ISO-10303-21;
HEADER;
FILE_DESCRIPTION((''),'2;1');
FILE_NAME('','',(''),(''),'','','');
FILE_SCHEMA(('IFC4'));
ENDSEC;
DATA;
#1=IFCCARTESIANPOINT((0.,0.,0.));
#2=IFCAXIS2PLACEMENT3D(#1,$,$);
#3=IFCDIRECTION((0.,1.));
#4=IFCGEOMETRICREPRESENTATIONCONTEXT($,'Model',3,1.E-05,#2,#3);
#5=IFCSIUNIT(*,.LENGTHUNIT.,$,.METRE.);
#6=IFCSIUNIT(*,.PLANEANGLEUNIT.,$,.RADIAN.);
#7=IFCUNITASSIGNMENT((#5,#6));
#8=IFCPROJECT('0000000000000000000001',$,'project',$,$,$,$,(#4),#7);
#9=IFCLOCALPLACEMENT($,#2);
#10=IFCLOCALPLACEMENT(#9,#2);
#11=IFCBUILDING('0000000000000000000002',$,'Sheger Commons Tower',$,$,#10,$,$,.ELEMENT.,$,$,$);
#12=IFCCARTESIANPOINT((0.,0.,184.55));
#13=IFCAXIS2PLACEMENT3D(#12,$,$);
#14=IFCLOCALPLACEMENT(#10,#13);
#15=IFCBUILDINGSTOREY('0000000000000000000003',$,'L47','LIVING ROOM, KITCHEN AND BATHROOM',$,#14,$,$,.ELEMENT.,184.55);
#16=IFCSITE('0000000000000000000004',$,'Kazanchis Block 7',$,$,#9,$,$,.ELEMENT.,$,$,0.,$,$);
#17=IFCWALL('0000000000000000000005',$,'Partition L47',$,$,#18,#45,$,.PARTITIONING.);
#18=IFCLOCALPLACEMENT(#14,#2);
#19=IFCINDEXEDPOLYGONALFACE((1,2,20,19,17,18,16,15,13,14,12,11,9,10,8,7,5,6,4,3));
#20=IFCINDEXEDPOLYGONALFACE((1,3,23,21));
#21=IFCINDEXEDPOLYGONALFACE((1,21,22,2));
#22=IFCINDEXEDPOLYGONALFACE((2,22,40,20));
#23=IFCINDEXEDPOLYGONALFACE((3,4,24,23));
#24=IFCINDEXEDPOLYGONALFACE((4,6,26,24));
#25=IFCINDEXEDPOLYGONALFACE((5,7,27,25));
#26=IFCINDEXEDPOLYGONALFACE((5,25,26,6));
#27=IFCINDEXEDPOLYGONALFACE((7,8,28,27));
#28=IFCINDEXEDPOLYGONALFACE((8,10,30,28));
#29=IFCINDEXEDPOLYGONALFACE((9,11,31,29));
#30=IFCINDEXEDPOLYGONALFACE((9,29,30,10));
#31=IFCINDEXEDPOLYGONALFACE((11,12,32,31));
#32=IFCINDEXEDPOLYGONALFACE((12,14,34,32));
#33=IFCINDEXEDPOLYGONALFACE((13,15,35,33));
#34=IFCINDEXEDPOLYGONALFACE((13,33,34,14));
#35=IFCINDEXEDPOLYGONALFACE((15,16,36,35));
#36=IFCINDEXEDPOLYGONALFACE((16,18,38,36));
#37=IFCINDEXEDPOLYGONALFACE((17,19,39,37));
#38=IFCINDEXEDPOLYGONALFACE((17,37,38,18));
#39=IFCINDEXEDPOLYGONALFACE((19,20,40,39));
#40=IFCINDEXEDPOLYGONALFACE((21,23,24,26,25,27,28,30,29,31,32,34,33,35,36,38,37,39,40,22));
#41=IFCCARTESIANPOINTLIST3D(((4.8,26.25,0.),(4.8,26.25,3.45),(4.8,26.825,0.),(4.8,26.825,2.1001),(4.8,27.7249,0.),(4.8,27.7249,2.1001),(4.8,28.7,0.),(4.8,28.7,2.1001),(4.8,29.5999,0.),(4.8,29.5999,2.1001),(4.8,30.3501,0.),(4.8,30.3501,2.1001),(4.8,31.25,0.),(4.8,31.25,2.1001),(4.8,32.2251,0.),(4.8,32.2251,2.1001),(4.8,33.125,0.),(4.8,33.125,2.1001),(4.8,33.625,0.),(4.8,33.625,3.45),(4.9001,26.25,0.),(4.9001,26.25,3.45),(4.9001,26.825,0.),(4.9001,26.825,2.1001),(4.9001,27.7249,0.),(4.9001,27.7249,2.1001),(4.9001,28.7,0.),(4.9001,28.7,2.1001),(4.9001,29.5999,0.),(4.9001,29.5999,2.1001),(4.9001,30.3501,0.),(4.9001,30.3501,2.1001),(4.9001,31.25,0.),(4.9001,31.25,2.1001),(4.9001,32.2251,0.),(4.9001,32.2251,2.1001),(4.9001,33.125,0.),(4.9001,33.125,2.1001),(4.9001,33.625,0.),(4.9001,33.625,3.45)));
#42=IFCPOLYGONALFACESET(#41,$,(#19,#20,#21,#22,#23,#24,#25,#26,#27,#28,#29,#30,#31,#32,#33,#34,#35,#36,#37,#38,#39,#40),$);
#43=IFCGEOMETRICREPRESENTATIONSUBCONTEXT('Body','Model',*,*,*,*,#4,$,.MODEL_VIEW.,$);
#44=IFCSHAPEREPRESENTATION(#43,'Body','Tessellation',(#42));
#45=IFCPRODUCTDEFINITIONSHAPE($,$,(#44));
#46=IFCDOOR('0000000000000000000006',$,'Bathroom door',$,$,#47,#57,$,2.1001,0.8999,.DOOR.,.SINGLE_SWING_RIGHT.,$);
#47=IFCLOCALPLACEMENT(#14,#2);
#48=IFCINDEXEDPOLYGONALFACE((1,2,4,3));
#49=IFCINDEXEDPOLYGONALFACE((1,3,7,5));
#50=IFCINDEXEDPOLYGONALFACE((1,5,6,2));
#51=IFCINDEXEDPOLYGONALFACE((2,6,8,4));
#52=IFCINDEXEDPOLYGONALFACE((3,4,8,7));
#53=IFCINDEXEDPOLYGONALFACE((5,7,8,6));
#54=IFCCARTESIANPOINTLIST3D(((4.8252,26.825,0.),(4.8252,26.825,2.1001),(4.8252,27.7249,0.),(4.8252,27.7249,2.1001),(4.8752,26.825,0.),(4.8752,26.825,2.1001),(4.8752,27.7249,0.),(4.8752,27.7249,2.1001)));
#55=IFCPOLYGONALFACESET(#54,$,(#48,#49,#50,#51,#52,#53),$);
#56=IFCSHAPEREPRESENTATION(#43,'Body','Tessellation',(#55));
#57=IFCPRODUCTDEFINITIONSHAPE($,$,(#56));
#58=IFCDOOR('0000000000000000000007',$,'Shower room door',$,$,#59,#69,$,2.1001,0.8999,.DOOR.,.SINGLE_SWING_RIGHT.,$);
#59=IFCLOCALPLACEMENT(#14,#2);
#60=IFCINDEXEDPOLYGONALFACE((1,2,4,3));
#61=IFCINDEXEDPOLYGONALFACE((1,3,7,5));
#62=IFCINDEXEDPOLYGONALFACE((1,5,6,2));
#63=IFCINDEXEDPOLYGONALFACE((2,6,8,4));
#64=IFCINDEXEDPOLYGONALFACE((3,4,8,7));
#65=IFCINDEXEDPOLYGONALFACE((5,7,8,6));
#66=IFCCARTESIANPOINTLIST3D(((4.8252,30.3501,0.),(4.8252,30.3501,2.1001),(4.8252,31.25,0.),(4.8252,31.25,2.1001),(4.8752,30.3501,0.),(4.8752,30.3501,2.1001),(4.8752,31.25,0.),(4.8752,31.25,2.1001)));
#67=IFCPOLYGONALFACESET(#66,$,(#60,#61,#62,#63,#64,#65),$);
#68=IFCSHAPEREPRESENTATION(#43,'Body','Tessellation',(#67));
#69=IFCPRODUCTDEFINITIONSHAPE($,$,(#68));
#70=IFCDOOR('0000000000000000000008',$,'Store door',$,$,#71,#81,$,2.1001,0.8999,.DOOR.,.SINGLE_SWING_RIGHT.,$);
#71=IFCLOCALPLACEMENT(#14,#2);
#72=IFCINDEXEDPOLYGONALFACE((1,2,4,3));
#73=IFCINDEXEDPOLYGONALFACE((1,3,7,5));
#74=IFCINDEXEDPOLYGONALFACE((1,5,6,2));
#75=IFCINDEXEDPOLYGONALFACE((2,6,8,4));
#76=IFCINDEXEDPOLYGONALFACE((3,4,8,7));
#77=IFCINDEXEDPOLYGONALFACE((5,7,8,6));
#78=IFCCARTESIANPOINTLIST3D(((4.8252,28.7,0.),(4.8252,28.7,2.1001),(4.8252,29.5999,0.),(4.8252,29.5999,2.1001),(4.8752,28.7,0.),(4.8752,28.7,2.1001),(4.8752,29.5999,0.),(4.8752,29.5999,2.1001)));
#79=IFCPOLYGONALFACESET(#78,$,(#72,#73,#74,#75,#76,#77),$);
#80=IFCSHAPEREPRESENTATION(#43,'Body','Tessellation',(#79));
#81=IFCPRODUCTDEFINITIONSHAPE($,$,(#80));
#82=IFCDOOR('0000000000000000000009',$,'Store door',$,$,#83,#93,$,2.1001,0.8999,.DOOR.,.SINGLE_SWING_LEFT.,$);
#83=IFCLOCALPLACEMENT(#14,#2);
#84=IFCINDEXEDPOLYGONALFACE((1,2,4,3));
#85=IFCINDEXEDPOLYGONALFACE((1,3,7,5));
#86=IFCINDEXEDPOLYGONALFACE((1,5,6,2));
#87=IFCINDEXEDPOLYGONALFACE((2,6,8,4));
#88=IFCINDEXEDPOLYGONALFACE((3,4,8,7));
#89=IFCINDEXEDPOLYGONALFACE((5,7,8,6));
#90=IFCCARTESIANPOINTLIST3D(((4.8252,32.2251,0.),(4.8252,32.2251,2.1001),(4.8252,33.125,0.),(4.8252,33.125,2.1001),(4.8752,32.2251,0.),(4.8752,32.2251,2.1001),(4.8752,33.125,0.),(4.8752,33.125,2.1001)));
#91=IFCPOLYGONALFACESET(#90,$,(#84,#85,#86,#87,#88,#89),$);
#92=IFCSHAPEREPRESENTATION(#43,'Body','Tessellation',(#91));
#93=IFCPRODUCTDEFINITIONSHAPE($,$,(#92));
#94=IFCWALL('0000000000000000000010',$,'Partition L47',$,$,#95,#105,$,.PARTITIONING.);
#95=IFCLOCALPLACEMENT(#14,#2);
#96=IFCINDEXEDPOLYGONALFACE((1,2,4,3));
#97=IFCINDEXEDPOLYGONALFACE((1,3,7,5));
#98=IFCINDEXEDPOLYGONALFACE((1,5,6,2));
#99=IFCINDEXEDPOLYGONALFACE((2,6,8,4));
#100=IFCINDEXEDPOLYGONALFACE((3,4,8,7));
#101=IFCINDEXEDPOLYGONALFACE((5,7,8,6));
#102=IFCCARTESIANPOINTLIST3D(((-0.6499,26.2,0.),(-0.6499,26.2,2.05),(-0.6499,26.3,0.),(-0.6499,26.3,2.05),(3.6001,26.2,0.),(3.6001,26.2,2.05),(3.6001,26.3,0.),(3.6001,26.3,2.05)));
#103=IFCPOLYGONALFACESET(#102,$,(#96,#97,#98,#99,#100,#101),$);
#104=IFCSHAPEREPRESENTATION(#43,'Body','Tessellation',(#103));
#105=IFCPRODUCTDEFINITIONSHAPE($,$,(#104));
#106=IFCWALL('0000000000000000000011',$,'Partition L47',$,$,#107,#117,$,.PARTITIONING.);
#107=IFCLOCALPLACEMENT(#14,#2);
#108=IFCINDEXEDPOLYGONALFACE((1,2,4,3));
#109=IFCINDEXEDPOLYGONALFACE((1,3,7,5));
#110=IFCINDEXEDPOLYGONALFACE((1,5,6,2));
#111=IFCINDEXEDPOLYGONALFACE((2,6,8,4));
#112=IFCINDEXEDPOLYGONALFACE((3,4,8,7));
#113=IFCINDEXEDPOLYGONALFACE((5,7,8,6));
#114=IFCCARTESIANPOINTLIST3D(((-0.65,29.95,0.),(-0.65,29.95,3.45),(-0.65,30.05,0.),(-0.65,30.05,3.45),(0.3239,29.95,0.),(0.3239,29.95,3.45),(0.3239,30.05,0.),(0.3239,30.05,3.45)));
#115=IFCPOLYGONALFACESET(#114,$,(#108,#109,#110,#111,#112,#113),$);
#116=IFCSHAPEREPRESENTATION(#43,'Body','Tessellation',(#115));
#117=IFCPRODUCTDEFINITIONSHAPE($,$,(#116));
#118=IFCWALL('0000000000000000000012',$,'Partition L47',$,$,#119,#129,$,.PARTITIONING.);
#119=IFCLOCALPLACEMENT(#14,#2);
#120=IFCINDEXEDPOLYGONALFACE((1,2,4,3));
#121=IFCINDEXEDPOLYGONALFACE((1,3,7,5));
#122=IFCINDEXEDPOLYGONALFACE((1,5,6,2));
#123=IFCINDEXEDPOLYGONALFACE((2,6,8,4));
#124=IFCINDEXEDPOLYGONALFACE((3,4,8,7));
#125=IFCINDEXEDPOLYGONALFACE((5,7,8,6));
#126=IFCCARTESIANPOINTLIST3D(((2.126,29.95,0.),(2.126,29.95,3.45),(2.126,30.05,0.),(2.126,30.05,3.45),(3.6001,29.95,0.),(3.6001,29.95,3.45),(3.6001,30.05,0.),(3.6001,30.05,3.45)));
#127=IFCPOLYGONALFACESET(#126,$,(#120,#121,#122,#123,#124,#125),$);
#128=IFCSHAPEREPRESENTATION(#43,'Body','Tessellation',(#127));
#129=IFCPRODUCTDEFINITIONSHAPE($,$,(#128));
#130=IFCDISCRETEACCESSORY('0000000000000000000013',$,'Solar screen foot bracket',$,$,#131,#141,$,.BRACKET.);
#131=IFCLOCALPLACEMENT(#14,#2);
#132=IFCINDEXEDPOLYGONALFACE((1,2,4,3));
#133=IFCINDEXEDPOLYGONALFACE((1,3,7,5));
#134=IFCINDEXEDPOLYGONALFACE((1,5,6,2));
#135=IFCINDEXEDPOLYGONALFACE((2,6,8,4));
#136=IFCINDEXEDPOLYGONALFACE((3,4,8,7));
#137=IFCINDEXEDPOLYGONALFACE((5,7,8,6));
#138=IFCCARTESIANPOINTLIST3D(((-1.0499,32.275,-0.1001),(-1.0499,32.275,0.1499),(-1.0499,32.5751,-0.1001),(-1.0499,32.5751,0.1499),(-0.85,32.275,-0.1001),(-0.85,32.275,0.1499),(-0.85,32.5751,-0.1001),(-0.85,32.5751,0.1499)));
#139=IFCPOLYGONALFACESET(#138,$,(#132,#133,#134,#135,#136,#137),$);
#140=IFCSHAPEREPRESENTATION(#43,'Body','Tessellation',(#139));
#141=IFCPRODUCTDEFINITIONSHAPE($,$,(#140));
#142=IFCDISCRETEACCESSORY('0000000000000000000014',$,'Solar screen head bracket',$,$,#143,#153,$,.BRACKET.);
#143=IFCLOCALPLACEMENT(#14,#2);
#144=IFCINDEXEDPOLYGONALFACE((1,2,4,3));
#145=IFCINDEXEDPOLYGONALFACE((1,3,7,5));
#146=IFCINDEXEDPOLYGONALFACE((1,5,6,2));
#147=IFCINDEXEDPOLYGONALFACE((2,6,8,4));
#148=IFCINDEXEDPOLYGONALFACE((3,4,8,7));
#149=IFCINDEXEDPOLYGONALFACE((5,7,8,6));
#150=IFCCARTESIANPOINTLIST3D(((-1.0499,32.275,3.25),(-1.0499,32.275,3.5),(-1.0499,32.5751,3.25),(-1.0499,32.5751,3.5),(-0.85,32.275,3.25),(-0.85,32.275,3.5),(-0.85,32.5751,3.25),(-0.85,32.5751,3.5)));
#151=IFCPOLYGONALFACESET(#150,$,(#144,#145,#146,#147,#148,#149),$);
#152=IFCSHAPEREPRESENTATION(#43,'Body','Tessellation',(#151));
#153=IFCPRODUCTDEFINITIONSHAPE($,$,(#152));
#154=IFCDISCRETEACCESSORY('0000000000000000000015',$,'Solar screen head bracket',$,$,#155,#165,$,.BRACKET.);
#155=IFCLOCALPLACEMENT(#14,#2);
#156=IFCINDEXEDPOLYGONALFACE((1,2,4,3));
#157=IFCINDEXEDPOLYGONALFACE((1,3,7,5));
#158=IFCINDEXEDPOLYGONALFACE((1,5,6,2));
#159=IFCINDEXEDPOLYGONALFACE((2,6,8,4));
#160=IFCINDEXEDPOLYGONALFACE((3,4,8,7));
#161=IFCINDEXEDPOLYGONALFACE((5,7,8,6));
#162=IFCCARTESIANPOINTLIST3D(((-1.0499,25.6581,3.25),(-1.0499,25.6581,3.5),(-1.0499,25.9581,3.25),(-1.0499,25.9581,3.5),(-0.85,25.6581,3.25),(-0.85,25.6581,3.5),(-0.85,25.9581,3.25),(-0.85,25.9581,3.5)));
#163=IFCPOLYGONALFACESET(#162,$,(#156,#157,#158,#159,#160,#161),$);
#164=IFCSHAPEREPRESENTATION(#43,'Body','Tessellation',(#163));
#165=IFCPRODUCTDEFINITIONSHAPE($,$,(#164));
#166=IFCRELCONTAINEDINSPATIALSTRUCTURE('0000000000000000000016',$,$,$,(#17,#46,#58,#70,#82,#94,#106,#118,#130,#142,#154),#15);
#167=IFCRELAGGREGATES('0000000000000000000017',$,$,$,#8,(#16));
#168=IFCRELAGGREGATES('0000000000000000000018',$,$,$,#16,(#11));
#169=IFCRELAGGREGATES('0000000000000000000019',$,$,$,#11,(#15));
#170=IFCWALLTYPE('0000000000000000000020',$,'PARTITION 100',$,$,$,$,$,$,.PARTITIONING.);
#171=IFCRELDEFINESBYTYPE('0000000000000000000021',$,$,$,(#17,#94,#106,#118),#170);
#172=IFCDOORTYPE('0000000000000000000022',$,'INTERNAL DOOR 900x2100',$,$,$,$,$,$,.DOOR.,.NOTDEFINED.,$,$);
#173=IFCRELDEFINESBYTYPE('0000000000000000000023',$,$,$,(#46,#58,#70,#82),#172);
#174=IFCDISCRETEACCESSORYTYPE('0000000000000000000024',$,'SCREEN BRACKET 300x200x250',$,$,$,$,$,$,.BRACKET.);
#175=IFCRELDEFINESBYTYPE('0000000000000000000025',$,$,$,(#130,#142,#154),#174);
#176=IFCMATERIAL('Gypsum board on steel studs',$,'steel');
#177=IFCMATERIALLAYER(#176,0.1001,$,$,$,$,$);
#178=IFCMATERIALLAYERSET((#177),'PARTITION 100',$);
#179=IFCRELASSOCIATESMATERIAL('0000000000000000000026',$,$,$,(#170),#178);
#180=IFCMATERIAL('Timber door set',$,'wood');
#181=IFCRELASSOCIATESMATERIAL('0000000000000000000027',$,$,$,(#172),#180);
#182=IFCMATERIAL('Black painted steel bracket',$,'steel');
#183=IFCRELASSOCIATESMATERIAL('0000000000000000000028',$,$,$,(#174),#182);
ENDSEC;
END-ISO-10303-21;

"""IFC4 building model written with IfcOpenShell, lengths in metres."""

from ifc_helpers import new_model, si_unit, direction, frame, frame_2d, origin, origin_2d, place, context, subcontext, project, spatial, rectangle, extrude, material, layer, layer_set, type_object, element, fill, save


model = new_model("IFC4")

# Units and contexts
model_context = context("Model", 3, precision=1e-05, world=origin(), true_north=direction((0.0, 1.0)))
body_context = subcontext(model_context, "Body", "Model", "MODEL_VIEW")
ifc_project = project(units=[si_unit("LENGTHUNIT", "METRE"), si_unit("PLANEANGLEUNIT", "RADIAN")], contexts=[model_context])

# Site, building, storey
site_placement = place(None, origin())
site = spatial("IfcSite", under=ifc_project, at=site_placement, Name="Kazanchis Block 7", CompositionType="ELEMENT", RefElevation=0.0)
building_placement = place(site_placement, origin())
building = spatial("IfcBuilding", under=site, at=building_placement, Name="Sheger Commons Tower", CompositionType="ELEMENT")
storey_placement = place(building_placement, frame((0.0, 0.0, 184.55)))
storey = spatial("IfcBuildingStorey", under=building, at=storey_placement, Name="L47", Description="LIVING ROOM, KITCHEN AND BATHROOM", CompositionType="ELEMENT", Elevation=184.55)

# Wall, openings, doors
ifc_material_1 = material(Name="Gypsum board on steel studs", Category="steel")
ifc_layer_1 = layer(ifc_material_1, 0.1001)
ifc_layer_set_1 = layer_set([ifc_layer_1], Name="PARTITION 100")
wall_type_1 = type_object("IfcWallType", Name="PARTITION 100", PredefinedType="PARTITIONING", material=ifc_layer_set_1)
ifc_material_2 = material(Name="Timber door set", Category="wood")
door_type = type_object("IfcDoorType", Name="INTERNAL DOOR 900x2100", OperationType="NOTDEFINED", PredefinedType="DOOR", material=ifc_material_2)
wall_1_placement = place(storey_placement, frame((4.8501, 26.25, 0.0), z_axis=(0.0, 0.0, 1.0), x_axis=(0.0, 1.0, 0.0)))
wall_1 = element("IfcWall", 1, at=wall_1_placement, inside=storey, type_object=wall_type_1, Name="Partition L47", PredefinedType="PARTITIONING", context=body_context, shape_type="SweptSolid", body=[
    extrude(rectangle(XDim=7.375, YDim=0.1001, at=frame_2d((3.6875, 0.0))), origin(), (0.0, 0.0, 1.0), 3.45),
])
opening_1_placement = place(wall_1_placement, frame((0.575, 0.0, 0.0)))
opening_1 = element("IfcOpeningElement", 2, at=opening_1_placement, cuts=wall_1, PredefinedType="OPENING", context=body_context, shape_type="SweptSolid", body=[
    extrude(rectangle(XDim=0.8999, YDim=2.1001, at=frame_2d((0.45, 1.05))), frame((0.0, 0.0601, 0.0), z_axis=(0.0, -1.0, 0.0), x_axis=(1.0, 0.0, 0.0)), (0.0, 0.0, 1.0), 0.1201),
])
opening_2_placement = place(wall_1_placement, frame((4.1001, 0.0, 0.0)))
opening_2 = element("IfcOpeningElement", 3, at=opening_2_placement, cuts=wall_1, PredefinedType="OPENING", context=body_context, shape_type="SweptSolid", body=[
    extrude(rectangle(XDim=0.8999, YDim=2.1001, at=frame_2d((0.45, 1.05))), frame((0.0, 0.0601, 0.0), z_axis=(0.0, -1.0, 0.0), x_axis=(1.0, 0.0, 0.0)), (0.0, 0.0, 1.0), 0.1201),
])
opening_3_placement = place(wall_1_placement, frame((2.45, 0.0, 0.0)))
opening_3 = element("IfcOpeningElement", 4, at=opening_3_placement, cuts=wall_1, PredefinedType="OPENING", context=body_context, shape_type="SweptSolid", body=[
    extrude(rectangle(XDim=0.8999, YDim=2.1001, at=frame_2d((0.45, 1.05))), frame((0.0, 0.0601, 0.0), z_axis=(0.0, -1.0, 0.0), x_axis=(1.0, 0.0, 0.0)), (0.0, 0.0, 1.0), 0.1201),
])
opening_4_placement = place(wall_1_placement, frame((5.9751, 0.0, 0.0)))
opening_4 = element("IfcOpeningElement", 5, at=opening_4_placement, cuts=wall_1, PredefinedType="OPENING", context=body_context, shape_type="SweptSolid", body=[
    extrude(rectangle(XDim=0.8999, YDim=2.1001, at=frame_2d((0.45, 1.05))), frame((0.0, 0.0601, 0.0), z_axis=(0.0, -1.0, 0.0), x_axis=(1.0, 0.0, 0.0)), (0.0, 0.0, 1.0), 0.1201),
])
door_1_placement = place(opening_1_placement, origin())
door_1 = element("IfcDoor", 6, at=door_1_placement, inside=storey, type_object=door_type, Name="Bathroom door", OperationType="SINGLE_SWING_RIGHT", OverallHeight=2.1001, OverallWidth=0.8999, PredefinedType="DOOR", context=body_context, shape_type="SweptSolid", body=[
    extrude(rectangle(XDim=0.8999, YDim=2.1001, at=frame_2d((0.45, 1.05))), frame((0.0, 0.0249, 0.0), z_axis=(0.0, -1.0, 0.0), x_axis=(1.0, 0.0, 0.0)), (0.0, 0.0, 1.0), 0.05),
])
fill(opening_1, door_1)
door_2_placement = place(opening_2_placement, origin())
door_2 = element("IfcDoor", 7, at=door_2_placement, inside=storey, type_object=door_type, Name="Shower room door", OperationType="SINGLE_SWING_RIGHT", OverallHeight=2.1001, OverallWidth=0.8999, PredefinedType="DOOR", context=body_context, shape_type="SweptSolid", body=[
    extrude(rectangle(XDim=0.8999, YDim=2.1001, at=frame_2d((0.45, 1.05))), frame((0.0, 0.0249, 0.0), z_axis=(0.0, -1.0, 0.0), x_axis=(1.0, 0.0, 0.0)), (0.0, 0.0, 1.0), 0.05),
])
fill(opening_2, door_2)
door_3_placement = place(opening_3_placement, origin())
door_3 = element("IfcDoor", 8, at=door_3_placement, inside=storey, type_object=door_type, Name="Store door", OperationType="SINGLE_SWING_RIGHT", OverallHeight=2.1001, OverallWidth=0.8999, PredefinedType="DOOR", context=body_context, shape_type="SweptSolid", body=[
    extrude(rectangle(XDim=0.8999, YDim=2.1001, at=frame_2d((0.45, 1.05))), frame((0.0, 0.0249, 0.0), z_axis=(0.0, -1.0, 0.0), x_axis=(1.0, 0.0, 0.0)), (0.0, 0.0, 1.0), 0.05),
])
fill(opening_3, door_3)
door_4_placement = place(opening_4_placement, origin())
door_4 = element("IfcDoor", 9, at=door_4_placement, inside=storey, type_object=door_type, Name="Store door", OperationType="SINGLE_SWING_LEFT", OverallHeight=2.1001, OverallWidth=0.8999, PredefinedType="DOOR", context=body_context, shape_type="SweptSolid", body=[
    extrude(rectangle(XDim=0.8999, YDim=2.1001, at=frame_2d((0.45, 1.05))), frame((0.0, 0.0249, 0.0), z_axis=(0.0, -1.0, 0.0), x_axis=(1.0, 0.0, 0.0)), (0.0, 0.0, 1.0), 0.05),
])
fill(opening_4, door_4)

# Walls
wall_2_placement = place(storey_placement, frame((-0.6499, 26.25, 0.0), z_axis=(0.0, 0.0, 1.0), x_axis=(1.0, 0.0, 0.0)))
element("IfcWall", 10, at=wall_2_placement, inside=storey, type_object=wall_type_1, Name="Partition L47", PredefinedType="PARTITIONING", context=body_context, shape_type="SweptSolid", body=[
    extrude(rectangle(XDim=4.25, YDim=0.1001, at=frame_2d((2.125, 0.0))), origin(), (0.0, 0.0, 1.0), 2.05),
])
wall_3_placement = place(storey_placement, frame((-0.6499, 30.0, 0.0), z_axis=(0.0, 0.0, 1.0), x_axis=(1.0, 0.0, 0.0)))
element("IfcWall", 11, at=wall_3_placement, inside=storey, type_object=wall_type_1, Name="Partition L47", PredefinedType="PARTITIONING", context=body_context, shape_type="SweptSolid", body=[
    extrude(rectangle(XDim=0.9739, YDim=0.1001, at=frame_2d((0.4868, 0.0))), origin(), (0.0, 0.0, 1.0), 3.45),
])
wall_4_placement = place(storey_placement, frame((2.126, 30.0, 0.0), z_axis=(0.0, 0.0, 1.0), x_axis=(1.0, 0.0, 0.0)))
element("IfcWall", 12, at=wall_4_placement, inside=storey, type_object=wall_type_1, Name="Partition L47", PredefinedType="PARTITIONING", context=body_context, shape_type="SweptSolid", body=[
    extrude(rectangle(XDim=1.4741, YDim=0.1001, at=frame_2d((0.7371, 0.0))), origin(), (0.0, 0.0, 1.0), 3.45),
])

# Discrete accessories
ifc_material_3 = material(Name="Black painted steel bracket", Category="steel")
discrete_accessory_type = type_object("IfcDiscreteAccessoryType", Name="SCREEN BRACKET 300x200x250", PredefinedType="BRACKET", material=ifc_material_3)
for number, where, z_axis, x_axis, name in (
    (13, (-0.95, 32.425, -0.1001), (0.0, 0.0, 1.0), (0.0, -1.0, 0.0), "Solar screen foot bracket"),
    (14, (-0.95, 32.425, 3.25), (0.0, 0.0, 1.0), (0.0, -1.0, 0.0), "Solar screen head bracket"),
    (15, (-0.95, 25.8081, 3.25), (0.0, 0.0, 1.0), (0.0, -1.0, 0.0), "Solar screen head bracket"),
):
    element("IfcDiscreteAccessory", number, at=place(storey_placement, frame(where, z_axis=z_axis, x_axis=x_axis)), inside=storey, type_object=discrete_accessory_type, Name=name, PredefinedType="BRACKET", context=body_context, shape_type="SweptSolid", body=[
        extrude(rectangle(XDim=0.3, YDim=0.2, at=origin_2d()), origin(), (0.0, 0.0, 1.0), 0.25),
    ])

save(model, "model.ifc")
